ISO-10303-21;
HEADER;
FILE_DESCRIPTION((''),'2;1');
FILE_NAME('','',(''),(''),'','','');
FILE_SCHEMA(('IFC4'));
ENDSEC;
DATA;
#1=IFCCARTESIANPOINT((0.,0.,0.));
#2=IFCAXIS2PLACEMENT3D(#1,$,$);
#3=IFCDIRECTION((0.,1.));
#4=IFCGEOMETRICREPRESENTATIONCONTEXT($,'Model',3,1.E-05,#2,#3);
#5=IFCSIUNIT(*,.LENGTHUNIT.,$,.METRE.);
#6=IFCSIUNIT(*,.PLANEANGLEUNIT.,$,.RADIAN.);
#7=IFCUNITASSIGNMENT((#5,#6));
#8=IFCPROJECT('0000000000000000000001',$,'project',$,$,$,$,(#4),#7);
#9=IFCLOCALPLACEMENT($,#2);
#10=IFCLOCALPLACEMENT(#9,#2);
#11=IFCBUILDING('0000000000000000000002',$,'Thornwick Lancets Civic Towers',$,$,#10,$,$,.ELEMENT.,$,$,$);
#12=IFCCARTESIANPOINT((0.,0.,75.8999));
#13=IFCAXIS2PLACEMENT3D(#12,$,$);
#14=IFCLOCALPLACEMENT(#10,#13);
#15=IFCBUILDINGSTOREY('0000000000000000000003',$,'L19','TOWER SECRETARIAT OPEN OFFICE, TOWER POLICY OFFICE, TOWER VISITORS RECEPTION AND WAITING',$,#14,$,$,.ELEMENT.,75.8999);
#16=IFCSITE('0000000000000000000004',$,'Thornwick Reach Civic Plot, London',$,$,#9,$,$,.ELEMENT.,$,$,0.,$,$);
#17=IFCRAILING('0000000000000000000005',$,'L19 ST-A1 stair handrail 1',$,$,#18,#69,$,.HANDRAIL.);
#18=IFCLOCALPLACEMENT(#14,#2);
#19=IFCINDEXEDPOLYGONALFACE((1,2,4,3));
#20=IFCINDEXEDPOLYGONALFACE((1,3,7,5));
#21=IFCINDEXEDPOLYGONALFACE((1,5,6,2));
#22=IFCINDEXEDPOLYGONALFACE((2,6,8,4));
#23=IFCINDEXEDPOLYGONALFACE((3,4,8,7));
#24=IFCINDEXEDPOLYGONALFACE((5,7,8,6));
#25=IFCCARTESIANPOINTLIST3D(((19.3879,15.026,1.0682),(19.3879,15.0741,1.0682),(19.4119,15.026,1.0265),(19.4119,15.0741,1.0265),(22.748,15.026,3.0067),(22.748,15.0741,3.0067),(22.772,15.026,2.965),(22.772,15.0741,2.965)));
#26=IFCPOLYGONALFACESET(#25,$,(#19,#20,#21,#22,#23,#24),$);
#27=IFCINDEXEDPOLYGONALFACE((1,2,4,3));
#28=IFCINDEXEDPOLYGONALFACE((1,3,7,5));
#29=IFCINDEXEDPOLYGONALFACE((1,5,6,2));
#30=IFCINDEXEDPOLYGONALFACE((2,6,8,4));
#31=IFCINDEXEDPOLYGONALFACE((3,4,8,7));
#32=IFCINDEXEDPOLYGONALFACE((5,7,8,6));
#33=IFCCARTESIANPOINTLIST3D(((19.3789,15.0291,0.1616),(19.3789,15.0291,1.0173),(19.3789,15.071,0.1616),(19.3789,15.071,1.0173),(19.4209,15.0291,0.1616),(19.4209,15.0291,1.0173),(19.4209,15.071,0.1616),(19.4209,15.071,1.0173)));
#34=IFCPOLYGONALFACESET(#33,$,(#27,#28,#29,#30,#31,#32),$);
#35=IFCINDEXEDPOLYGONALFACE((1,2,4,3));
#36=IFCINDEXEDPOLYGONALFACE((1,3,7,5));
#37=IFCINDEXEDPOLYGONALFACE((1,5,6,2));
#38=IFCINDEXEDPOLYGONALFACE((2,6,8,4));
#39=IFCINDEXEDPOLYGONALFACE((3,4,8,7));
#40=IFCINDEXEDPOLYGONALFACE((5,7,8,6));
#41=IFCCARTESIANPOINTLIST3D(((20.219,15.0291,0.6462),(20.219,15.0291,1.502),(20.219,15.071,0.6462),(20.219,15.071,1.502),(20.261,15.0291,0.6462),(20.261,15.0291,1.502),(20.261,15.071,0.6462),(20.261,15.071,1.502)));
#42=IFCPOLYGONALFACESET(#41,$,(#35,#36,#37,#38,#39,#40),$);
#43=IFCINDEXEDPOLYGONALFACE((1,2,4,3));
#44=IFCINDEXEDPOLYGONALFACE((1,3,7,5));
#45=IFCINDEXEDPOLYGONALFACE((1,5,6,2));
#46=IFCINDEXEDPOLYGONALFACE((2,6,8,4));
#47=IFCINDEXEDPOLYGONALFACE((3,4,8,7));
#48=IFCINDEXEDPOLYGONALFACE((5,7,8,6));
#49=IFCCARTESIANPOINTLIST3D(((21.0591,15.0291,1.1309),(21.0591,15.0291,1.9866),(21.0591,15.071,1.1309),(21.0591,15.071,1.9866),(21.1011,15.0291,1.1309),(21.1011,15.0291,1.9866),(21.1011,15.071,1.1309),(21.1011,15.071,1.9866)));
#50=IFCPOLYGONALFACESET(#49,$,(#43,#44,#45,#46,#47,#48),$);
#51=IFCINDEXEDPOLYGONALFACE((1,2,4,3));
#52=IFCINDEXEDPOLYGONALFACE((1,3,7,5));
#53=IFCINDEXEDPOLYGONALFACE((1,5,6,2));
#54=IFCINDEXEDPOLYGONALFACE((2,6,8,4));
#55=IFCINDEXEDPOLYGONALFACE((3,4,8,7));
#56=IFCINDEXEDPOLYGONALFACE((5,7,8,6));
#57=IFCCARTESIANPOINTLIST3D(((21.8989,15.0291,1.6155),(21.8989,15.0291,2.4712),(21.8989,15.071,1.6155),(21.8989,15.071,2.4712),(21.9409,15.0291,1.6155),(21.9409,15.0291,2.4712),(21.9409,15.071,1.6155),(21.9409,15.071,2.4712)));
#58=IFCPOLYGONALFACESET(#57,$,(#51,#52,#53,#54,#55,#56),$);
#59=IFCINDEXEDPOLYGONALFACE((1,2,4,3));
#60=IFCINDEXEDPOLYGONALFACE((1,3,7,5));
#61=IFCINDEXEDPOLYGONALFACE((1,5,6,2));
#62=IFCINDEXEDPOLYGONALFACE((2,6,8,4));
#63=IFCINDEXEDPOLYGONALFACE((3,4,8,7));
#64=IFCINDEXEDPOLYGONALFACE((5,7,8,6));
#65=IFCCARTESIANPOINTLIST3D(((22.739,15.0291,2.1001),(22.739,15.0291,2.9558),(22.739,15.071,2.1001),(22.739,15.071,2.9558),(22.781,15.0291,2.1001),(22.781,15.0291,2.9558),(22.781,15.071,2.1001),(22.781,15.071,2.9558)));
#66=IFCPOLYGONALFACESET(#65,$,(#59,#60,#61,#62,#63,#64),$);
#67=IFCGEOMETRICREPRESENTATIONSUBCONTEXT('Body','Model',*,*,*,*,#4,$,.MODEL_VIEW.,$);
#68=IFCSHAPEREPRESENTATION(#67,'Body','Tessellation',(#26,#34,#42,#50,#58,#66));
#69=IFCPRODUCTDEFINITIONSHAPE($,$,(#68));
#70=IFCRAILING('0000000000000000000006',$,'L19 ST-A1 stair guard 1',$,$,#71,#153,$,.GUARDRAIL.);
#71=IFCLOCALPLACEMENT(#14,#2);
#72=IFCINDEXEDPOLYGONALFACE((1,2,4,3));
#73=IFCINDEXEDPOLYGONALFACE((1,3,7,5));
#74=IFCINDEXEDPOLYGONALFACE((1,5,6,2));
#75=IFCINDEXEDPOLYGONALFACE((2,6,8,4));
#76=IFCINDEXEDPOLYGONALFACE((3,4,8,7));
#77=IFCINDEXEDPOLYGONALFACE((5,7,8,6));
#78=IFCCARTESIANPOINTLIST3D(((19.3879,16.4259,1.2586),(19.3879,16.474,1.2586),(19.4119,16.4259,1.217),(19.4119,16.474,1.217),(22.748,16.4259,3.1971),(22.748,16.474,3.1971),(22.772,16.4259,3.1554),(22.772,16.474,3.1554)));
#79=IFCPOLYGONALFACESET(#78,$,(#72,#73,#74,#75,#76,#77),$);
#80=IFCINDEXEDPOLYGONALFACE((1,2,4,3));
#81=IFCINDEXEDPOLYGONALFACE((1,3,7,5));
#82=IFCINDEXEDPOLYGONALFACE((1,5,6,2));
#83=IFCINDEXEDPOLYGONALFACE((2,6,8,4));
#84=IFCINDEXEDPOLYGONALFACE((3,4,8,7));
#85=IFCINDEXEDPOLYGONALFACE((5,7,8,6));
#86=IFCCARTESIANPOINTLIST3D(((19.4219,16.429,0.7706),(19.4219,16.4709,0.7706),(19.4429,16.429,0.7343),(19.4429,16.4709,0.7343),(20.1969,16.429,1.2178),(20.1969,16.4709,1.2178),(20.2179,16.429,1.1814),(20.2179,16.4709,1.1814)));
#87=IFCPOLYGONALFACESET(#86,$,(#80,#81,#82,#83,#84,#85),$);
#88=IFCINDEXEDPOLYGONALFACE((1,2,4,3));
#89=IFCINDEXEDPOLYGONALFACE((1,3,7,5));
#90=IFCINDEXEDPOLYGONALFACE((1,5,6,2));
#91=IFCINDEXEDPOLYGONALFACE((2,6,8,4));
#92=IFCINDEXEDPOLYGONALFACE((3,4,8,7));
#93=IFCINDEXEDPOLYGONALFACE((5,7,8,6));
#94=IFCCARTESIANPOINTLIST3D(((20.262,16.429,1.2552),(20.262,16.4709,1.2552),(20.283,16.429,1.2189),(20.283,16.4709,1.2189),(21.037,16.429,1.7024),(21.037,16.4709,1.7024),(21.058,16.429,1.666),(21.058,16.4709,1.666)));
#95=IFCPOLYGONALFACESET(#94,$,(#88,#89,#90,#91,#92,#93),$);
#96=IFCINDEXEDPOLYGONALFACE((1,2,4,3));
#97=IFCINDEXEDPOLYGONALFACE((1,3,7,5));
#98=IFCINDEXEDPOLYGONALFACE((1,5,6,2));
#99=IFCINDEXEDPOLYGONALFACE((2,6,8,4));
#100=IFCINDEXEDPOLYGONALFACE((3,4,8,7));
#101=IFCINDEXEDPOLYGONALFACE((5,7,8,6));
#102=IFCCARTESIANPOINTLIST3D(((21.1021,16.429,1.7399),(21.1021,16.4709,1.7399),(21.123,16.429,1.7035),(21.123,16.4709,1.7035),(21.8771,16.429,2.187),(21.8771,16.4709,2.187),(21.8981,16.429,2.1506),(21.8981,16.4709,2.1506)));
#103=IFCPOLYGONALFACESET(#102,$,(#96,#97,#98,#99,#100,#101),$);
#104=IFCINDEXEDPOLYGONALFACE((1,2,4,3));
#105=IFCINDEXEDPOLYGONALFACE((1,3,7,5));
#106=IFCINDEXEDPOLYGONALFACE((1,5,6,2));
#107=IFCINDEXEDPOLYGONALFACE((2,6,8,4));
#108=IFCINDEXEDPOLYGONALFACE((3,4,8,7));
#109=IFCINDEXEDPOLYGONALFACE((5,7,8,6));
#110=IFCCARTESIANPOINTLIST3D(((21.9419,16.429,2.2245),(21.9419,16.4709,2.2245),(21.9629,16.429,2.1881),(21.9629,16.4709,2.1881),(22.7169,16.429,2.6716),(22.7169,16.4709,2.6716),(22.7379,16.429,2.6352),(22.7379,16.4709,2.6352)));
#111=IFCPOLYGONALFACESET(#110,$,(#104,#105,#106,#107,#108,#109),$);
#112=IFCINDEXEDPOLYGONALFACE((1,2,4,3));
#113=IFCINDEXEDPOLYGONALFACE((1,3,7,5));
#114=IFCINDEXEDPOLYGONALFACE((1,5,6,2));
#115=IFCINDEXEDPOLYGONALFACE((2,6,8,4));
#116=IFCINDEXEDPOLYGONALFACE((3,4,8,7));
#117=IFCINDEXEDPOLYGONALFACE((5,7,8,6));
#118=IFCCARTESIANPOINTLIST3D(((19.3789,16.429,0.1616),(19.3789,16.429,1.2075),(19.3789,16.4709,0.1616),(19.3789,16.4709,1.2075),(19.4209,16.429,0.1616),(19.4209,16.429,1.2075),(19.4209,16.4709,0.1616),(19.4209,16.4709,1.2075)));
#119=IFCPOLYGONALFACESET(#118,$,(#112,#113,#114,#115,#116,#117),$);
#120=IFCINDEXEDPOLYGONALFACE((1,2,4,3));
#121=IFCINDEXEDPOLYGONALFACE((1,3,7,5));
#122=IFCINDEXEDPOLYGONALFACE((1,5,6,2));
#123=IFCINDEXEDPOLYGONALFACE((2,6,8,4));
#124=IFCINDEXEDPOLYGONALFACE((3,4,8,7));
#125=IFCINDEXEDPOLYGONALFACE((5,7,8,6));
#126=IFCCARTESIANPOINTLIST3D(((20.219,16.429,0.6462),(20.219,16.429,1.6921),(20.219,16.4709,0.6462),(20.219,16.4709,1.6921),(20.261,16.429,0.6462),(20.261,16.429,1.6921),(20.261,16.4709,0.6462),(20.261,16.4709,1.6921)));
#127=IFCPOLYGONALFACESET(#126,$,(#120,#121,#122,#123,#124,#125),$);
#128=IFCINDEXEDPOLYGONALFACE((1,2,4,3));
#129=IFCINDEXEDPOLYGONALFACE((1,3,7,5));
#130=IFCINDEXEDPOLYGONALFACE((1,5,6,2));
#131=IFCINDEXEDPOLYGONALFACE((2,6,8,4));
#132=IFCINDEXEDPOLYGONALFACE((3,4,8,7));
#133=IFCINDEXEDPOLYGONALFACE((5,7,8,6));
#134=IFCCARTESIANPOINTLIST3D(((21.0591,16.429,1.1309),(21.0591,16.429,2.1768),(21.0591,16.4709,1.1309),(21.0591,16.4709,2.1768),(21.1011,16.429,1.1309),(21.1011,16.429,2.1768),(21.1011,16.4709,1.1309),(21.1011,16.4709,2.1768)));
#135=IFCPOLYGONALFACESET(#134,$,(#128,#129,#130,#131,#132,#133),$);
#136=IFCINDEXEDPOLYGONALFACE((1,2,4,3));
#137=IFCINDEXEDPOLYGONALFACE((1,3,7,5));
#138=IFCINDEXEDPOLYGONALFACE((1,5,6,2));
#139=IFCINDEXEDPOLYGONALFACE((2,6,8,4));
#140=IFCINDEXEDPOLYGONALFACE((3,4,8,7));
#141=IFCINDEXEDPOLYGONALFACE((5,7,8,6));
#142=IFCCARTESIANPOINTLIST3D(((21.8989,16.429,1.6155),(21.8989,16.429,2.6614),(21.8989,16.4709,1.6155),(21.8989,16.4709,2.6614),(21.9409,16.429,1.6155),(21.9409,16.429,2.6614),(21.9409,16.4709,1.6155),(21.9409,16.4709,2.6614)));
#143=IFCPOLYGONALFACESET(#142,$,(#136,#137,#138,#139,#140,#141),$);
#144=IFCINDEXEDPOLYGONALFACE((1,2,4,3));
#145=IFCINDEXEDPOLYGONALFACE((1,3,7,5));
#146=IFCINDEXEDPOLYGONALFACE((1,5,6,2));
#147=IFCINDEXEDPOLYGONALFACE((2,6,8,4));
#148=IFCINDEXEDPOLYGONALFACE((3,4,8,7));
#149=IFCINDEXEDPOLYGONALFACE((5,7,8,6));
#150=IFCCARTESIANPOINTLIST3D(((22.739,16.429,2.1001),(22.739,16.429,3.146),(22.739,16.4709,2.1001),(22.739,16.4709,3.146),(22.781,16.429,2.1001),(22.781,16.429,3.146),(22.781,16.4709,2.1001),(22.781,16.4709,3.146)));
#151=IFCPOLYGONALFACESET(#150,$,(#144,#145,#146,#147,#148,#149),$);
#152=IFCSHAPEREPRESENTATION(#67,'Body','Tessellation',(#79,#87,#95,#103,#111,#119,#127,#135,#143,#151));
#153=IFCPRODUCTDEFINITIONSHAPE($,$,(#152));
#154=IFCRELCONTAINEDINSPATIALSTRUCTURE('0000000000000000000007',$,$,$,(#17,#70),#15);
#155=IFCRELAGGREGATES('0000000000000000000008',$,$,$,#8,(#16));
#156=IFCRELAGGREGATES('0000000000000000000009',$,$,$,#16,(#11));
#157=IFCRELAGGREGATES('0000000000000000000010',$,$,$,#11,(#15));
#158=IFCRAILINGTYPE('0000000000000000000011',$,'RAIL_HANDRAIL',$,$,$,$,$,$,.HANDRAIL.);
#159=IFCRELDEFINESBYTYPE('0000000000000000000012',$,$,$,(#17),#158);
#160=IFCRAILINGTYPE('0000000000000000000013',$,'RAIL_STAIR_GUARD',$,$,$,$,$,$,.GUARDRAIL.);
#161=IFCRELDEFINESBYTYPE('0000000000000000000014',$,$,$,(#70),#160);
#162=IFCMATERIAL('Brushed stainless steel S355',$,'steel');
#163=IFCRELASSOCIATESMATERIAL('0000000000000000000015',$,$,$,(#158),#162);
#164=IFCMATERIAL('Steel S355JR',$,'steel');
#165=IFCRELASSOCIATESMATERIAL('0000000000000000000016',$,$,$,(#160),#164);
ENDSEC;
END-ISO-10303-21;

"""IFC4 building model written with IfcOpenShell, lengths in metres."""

from ifc_helpers import new_model, si_unit, direction, frame, origin, origin_2d, place, context, subcontext, project, spatial, rectangle, extrude, material, type_object, element, save


model = new_model("IFC4")

# Units and contexts
model_context = context("Model", 3, precision=1e-05, world=origin(), true_north=direction((0.0, 1.0)))
body_context = subcontext(model_context, "Body", "Model", "MODEL_VIEW")
ifc_project = project(units=[si_unit("LENGTHUNIT", "METRE"), si_unit("PLANEANGLEUNIT", "RADIAN")], contexts=[model_context])

# Site, building, storey
site_placement = place(None, origin())
site = spatial("IfcSite", under=ifc_project, at=site_placement, Name="Thornwick Reach Civic Plot, London", CompositionType="ELEMENT", RefElevation=0.0)
building_placement = place(site_placement, origin())
building = spatial("IfcBuilding", under=site, at=building_placement, Name="Thornwick Lancets Civic Towers", CompositionType="ELEMENT")
storey_placement = place(building_placement, frame((0.0, 0.0, 75.8999)))
storey = spatial("IfcBuildingStorey", under=building, at=storey_placement, Name="L19", Description="TOWER SECRETARIAT OPEN OFFICE, TOWER POLICY OFFICE, TOWER VISITORS RECEPTION AND WAITING", CompositionType="ELEMENT", Elevation=75.8999)

# Shared definitions
ifc_material_1 = material(Name="Steel S355JR", Category="steel")

# Railings
ifc_material_2 = material(Name="Brushed stainless steel S355", Category="steel")
railing_type_1 = type_object("IfcRailingType", Name="RAIL_HANDRAIL", PredefinedType="HANDRAIL", material=ifc_material_2)
railing_1_placement = place(storey_placement, frame((19.3999, 15.05, 0.1616)))
element("IfcRailing", 1, at=railing_1_placement, inside=storey, type_object=railing_type_1, Name="L19 ST-A1 stair handrail 1", PredefinedType="HANDRAIL", context=body_context, shape_type="SweptSolid", body=[
    extrude(rectangle(XDim=0.0481, YDim=0.0481, at=origin_2d()), frame((0.0, 0.0, 0.8857), z_axis=(0.866191, 0.0, 0.499713), x_axis=(0.0, 1.0, 0.0)), (0.0, 0.0, 1.0), 3.8792),
    extrude(rectangle(XDim=0.042, YDim=0.042, at=origin_2d()), origin(), (0.0, 0.0, 1.0), 0.8557),
    extrude(rectangle(XDim=0.042, YDim=0.042, at=origin_2d()), frame((0.8401, 0.0, 0.4846)), (0.0, 0.0, 1.0), 0.8557),
    extrude(rectangle(XDim=0.042, YDim=0.042, at=origin_2d()), frame((1.6802, 0.0, 0.9692)), (0.0, 0.0, 1.0), 0.8557),
    extrude(rectangle(XDim=0.042, YDim=0.042, at=origin_2d()), frame((2.52, 0.0, 1.4539)), (0.0, 0.0, 1.0), 0.8557),
    extrude(rectangle(XDim=0.042, YDim=0.042, at=origin_2d()), frame((3.3601, 0.0, 1.9385)), (0.0, 0.0, 1.0), 0.8557),
])
railing_type_2 = type_object("IfcRailingType", Name="RAIL_STAIR_GUARD", PredefinedType="GUARDRAIL", material=ifc_material_1)
railing_2_placement = place(storey_placement, frame((19.3999, 16.45, 0.1616)))
element("IfcRailing", 2, at=railing_2_placement, inside=storey, type_object=railing_type_2, Name="L19 ST-A1 stair guard 1", PredefinedType="GUARDRAIL", context=body_context, shape_type="SweptSolid", body=[
    extrude(rectangle(XDim=0.0481, YDim=0.0481, at=origin_2d()), frame((0.0, 0.0, 1.0762), z_axis=(0.866191, 0.0, 0.499713), x_axis=(0.0, 1.0, 0.0)), (0.0, 0.0, 1.0), 3.8792),
    extrude(rectangle(XDim=0.042, YDim=0.042, at=origin_2d()), frame((0.0325, 0.0, 0.5908), z_axis=(0.866191, 0.0, 0.499713), x_axis=(0.0, 1.0, 0.0)), (0.0, 0.0, 1.0), 0.8948),
    extrude(rectangle(XDim=0.042, YDim=0.042, at=origin_2d()), frame((0.8726, 0.0, 1.0754), z_axis=(0.866191, 0.0, 0.499713), x_axis=(0.0, 1.0, 0.0)), (0.0, 0.0, 1.0), 0.8948),
    extrude(rectangle(XDim=0.042, YDim=0.042, at=origin_2d()), frame((1.7126, 0.0, 1.5601), z_axis=(0.866191, 0.0, 0.499713), x_axis=(0.0, 1.0, 0.0)), (0.0, 0.0, 1.0), 0.8948),
    extrude(rectangle(XDim=0.042, YDim=0.042, at=origin_2d()), frame((2.5525, 0.0, 2.0447), z_axis=(0.866191, 0.0, 0.499713), x_axis=(0.0, 1.0, 0.0)), (0.0, 0.0, 1.0), 0.8948),
    extrude(rectangle(XDim=0.042, YDim=0.042, at=origin_2d()), origin(), (0.0, 0.0, 1.0), 1.0459),
    extrude(rectangle(XDim=0.042, YDim=0.042, at=origin_2d()), frame((0.8401, 0.0, 0.4846)), (0.0, 0.0, 1.0), 1.0459),
    extrude(rectangle(XDim=0.042, YDim=0.042, at=origin_2d()), frame((1.6802, 0.0, 0.9692)), (0.0, 0.0, 1.0), 1.0459),
    extrude(rectangle(XDim=0.042, YDim=0.042, at=origin_2d()), frame((2.52, 0.0, 1.4539)), (0.0, 0.0, 1.0), 1.0459),
    extrude(rectangle(XDim=0.042, YDim=0.042, at=origin_2d()), frame((3.3601, 0.0, 1.9385)), (0.0, 0.0, 1.0), 1.0459),
])

save(model, "model.ifc")
